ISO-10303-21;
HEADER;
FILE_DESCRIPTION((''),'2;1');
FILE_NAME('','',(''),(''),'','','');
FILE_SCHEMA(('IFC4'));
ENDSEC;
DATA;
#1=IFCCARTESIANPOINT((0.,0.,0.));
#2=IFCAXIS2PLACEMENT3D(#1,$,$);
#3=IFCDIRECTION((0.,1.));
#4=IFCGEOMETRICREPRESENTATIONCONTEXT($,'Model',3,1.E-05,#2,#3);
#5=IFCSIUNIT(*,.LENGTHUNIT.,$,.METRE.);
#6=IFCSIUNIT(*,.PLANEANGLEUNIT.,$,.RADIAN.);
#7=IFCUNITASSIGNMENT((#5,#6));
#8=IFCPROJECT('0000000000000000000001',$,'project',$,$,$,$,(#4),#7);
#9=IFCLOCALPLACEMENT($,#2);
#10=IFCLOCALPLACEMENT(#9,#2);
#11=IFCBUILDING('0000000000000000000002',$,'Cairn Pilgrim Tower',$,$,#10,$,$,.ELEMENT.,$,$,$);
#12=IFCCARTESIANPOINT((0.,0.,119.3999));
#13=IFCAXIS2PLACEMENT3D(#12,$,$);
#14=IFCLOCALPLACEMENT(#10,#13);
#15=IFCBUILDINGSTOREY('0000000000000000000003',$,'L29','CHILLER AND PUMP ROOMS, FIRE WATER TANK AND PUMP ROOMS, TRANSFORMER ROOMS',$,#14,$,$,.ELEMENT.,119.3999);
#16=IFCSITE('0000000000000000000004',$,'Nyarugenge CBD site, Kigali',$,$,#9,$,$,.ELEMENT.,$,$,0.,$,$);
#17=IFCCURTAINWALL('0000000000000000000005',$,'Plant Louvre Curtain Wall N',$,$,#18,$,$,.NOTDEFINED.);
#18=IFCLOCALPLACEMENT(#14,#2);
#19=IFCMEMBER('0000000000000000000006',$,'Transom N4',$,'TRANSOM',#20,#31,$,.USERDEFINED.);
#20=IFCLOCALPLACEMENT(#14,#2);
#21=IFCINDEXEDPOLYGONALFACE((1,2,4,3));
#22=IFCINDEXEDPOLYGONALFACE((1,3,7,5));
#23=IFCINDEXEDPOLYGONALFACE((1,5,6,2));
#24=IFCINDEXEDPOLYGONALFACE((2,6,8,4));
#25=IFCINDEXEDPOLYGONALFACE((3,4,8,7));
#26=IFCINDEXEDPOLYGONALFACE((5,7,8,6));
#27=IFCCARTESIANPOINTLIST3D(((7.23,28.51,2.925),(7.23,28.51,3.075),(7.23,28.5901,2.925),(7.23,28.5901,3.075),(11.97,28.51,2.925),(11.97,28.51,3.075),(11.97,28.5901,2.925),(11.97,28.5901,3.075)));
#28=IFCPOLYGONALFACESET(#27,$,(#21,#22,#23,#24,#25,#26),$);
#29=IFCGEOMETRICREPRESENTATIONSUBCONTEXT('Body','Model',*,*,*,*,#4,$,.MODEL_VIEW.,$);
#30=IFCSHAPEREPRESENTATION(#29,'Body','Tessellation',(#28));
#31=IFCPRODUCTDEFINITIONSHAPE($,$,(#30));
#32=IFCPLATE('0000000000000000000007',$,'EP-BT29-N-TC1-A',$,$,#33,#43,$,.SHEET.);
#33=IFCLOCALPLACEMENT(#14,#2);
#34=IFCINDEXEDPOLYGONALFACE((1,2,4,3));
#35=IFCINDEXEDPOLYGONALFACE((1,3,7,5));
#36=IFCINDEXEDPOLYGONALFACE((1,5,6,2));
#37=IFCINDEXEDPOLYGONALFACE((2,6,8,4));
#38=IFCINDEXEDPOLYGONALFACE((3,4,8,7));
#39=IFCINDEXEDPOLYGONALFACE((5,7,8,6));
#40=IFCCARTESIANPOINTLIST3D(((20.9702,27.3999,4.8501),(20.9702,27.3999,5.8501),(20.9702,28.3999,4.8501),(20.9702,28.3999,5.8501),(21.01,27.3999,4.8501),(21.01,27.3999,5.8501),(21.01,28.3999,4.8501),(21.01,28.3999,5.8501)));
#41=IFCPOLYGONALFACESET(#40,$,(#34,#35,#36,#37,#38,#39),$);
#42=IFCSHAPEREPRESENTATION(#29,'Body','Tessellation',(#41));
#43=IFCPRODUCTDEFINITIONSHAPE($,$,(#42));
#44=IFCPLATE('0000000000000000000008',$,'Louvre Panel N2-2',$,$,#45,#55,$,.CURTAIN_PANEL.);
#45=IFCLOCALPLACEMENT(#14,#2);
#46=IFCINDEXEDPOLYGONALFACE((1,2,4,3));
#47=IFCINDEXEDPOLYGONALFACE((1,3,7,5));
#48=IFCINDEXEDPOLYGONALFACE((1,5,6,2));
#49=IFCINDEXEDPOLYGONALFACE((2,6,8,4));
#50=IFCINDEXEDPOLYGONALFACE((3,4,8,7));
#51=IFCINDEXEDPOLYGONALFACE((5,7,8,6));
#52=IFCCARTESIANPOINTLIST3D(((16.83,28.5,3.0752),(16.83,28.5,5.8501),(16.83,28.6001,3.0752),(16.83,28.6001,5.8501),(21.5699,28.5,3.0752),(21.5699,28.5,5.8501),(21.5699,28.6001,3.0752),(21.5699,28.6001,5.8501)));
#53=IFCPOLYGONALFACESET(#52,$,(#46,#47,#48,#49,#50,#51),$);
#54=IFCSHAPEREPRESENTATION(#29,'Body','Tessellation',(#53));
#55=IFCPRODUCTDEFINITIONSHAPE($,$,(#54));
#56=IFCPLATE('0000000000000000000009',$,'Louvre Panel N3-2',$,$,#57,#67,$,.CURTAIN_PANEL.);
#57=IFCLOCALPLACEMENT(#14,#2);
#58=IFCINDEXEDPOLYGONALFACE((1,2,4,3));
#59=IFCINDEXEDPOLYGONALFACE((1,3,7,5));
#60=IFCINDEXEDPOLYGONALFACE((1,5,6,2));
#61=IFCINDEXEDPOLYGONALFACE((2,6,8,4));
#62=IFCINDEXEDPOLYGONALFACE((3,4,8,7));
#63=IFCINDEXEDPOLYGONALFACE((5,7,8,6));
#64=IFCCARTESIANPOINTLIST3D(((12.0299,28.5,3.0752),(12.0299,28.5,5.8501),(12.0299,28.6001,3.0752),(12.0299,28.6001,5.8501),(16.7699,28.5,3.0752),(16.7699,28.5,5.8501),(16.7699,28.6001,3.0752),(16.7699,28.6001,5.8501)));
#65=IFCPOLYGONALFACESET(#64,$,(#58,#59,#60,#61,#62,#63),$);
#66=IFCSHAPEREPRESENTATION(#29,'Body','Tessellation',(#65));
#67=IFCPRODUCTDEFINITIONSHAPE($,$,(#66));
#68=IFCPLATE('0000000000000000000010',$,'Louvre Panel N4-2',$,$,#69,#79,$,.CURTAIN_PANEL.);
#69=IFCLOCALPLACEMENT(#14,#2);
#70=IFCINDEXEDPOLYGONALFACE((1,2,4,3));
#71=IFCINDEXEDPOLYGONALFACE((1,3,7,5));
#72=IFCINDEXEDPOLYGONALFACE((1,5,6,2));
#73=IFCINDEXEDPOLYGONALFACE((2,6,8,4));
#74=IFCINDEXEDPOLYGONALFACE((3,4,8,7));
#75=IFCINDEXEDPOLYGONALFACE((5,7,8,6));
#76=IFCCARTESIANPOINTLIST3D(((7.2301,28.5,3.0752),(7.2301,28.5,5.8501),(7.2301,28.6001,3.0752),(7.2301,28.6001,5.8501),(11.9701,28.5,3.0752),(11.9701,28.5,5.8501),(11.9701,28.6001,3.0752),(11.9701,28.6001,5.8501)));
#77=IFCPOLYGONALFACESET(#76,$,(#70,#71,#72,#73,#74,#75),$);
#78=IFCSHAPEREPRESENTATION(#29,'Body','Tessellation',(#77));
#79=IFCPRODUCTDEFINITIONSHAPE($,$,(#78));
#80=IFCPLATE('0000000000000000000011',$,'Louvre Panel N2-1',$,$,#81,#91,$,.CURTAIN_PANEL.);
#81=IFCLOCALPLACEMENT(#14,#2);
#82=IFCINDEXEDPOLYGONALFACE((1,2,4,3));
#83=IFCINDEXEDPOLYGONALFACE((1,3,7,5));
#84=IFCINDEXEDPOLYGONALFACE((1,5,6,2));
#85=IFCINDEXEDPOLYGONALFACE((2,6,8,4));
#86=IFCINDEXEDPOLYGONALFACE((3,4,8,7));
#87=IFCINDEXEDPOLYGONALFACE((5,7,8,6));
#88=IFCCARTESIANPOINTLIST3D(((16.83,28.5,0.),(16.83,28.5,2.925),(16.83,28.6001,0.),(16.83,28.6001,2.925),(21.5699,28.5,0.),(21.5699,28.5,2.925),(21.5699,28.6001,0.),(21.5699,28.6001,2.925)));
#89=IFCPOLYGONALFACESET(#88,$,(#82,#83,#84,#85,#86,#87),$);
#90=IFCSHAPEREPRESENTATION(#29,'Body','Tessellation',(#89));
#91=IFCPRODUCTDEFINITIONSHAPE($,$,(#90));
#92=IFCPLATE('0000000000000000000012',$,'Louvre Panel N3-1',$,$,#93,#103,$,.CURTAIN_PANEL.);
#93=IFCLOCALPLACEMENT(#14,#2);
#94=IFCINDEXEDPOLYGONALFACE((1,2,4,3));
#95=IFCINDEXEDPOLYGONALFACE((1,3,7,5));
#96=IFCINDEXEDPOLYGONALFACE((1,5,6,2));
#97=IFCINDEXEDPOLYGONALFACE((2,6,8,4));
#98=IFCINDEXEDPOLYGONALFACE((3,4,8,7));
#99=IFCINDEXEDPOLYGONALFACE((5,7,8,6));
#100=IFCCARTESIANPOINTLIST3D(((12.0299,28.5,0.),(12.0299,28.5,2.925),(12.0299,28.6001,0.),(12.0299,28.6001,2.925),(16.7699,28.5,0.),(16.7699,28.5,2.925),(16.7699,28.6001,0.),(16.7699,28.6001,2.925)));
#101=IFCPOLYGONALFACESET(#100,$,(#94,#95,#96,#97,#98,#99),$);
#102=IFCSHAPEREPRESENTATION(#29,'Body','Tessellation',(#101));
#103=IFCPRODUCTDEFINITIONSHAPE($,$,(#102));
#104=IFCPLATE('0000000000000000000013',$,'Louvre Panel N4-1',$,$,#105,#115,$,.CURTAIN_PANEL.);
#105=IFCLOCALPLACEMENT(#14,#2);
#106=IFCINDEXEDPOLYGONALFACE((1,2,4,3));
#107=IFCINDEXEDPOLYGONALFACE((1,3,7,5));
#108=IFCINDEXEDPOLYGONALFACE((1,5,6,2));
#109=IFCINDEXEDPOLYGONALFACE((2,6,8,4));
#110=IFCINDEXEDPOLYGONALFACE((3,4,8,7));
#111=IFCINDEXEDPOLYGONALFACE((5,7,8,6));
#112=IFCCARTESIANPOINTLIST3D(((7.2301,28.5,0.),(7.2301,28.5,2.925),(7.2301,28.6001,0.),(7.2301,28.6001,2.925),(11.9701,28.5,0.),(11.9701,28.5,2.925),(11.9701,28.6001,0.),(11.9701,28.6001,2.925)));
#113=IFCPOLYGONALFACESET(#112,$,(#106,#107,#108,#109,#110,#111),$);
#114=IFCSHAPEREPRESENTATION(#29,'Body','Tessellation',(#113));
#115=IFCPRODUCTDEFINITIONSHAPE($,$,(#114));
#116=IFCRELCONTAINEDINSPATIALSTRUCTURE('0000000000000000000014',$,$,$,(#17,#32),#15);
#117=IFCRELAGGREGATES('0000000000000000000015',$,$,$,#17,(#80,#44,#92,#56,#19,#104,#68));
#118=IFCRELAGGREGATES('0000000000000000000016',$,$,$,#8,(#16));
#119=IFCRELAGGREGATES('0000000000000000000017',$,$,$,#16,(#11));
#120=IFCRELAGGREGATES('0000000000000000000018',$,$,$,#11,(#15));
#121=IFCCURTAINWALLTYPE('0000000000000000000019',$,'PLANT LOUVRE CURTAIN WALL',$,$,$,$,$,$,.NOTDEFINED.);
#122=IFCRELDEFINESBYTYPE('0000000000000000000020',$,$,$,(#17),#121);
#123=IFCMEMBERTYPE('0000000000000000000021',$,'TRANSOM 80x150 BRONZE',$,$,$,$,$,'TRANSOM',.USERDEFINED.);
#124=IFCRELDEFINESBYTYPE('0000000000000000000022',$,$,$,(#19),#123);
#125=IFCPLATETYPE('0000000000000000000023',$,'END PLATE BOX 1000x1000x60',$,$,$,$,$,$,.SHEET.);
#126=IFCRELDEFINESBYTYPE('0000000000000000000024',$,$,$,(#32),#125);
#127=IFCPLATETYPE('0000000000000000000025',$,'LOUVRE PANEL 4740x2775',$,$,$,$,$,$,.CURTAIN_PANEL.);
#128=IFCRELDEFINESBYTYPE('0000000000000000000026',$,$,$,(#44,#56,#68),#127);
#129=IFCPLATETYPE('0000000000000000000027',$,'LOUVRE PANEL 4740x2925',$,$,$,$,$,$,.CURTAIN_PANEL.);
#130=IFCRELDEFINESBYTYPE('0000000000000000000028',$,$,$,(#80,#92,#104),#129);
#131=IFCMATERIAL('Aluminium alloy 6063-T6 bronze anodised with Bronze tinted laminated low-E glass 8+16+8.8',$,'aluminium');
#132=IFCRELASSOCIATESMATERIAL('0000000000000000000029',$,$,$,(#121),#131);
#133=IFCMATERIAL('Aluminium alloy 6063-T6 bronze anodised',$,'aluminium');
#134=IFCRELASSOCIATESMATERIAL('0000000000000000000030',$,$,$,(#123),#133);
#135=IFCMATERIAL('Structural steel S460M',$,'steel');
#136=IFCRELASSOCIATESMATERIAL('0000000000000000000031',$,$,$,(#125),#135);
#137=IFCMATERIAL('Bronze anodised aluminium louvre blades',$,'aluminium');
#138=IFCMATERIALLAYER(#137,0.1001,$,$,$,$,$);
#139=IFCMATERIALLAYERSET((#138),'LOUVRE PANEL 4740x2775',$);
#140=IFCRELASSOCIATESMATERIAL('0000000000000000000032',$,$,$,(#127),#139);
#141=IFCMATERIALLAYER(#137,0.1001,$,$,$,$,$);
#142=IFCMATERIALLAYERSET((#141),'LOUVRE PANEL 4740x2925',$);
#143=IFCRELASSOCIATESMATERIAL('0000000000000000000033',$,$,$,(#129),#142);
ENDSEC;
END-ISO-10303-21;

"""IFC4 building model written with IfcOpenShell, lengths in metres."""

from ifc_helpers import new_model, si_unit, direction, frame, origin, origin_2d, place, context, subcontext, project, spatial, rectangle, extrude, material, layer, layer_set, material_profile, profile_set, type_object, element, aggregate, save


model = new_model("IFC4")

# Units and contexts
model_context = context("Model", 3, precision=1e-05, world=origin(), true_north=direction((0.0, 1.0)))
body_context = subcontext(model_context, "Body", "Model", "MODEL_VIEW")
ifc_project = project(units=[si_unit("LENGTHUNIT", "METRE"), si_unit("PLANEANGLEUNIT", "RADIAN")], contexts=[model_context])

# Site, building, storey
site_placement = place(None, origin())
site = spatial("IfcSite", under=ifc_project, at=site_placement, Name="Nyarugenge CBD site, Kigali", CompositionType="ELEMENT", RefElevation=0.0)
building_placement = place(site_placement, origin())
building = spatial("IfcBuilding", under=site, at=building_placement, Name="Cairn Pilgrim Tower", CompositionType="ELEMENT")
storey_placement = place(building_placement, frame((0.0, 0.0, 119.3999)))
storey = spatial("IfcBuildingStorey", under=building, at=storey_placement, Name="L29", Description="CHILLER AND PUMP ROOMS, FIRE WATER TANK AND PUMP ROOMS, TRANSFORMER ROOMS", CompositionType="ELEMENT", Elevation=119.3999)

# Shared definitions
ifc_material_1 = material(Name="Structural steel S460M", Category="steel")

# Curtain wall, member
ifc_material_2 = material(Name="Aluminium alloy 6063-T6 bronze anodised with Bronze tinted laminated low-E glass 8+16+8.8", Category="aluminium")
curtain_wall_type = type_object("IfcCurtainWallType", Name="PLANT LOUVRE CURTAIN WALL", PredefinedType="NOTDEFINED", material=ifc_material_2)
curtain_wall_placement = place(storey_placement, origin())
curtain_wall = element("IfcCurtainWall", 1, at=curtain_wall_placement, inside=storey, type_object=curtain_wall_type, Name="Plant Louvre Curtain Wall N", PredefinedType="NOTDEFINED")
ifc_material_3 = material(Name="Aluminium alloy 6063-T6 bronze anodised", Category="aluminium")
ifc_material_profile_1 = material_profile(ifc_material_3, rectangle(XDim=0.0801, YDim=0.1499, at=origin_2d()), Name="TRANSOM 80x150 BRONZE")
ifc_profile_set_1 = profile_set([ifc_material_profile_1], Name="Aluminium alloy 6063-T6 bronze anodised")
member_type_1 = type_object("IfcMemberType", Name="TRANSOM 80x150 BRONZE", ElementType="TRANSOM", PredefinedType="USERDEFINED", material=ifc_profile_set_1)
member_1_placement = place(storey_placement, frame((11.97, 28.55, 3.0), z_axis=(-1.0, 0.0, 0.0), x_axis=(0.0, -1.0, 0.0)))
member_1 = element("IfcMember", 2, at=member_1_placement, type_object=member_type_1, Name="Transom N4", ObjectType="TRANSOM", PredefinedType="USERDEFINED", context=body_context, shape_type="SweptSolid", body=[
    extrude(rectangle(XDim=0.0801, YDim=0.1499, at=origin_2d()), origin(), (0.0, 0.0, 1.0), 4.74),
])

# Plates
ifc_material_profile_2 = material_profile(ifc_material_1, rectangle(XDim=1.0, YDim=1.0, at=origin_2d()), Name="END PLATE BOX 1000x1000x60")
ifc_profile_set_2 = profile_set([ifc_material_profile_2], Name="Structural steel S460M")
plate_type_1 = type_object("IfcPlateType", Name="END PLATE BOX 1000x1000x60", PredefinedType="SHEET", material=ifc_profile_set_2)
plate_1_placement = place(storey_placement, frame((20.9702, 27.8999, 5.3501), z_axis=(1.0, 0.0, 0.0), x_axis=(0.0, 1.0, 0.0)))
element("IfcPlate", 3, at=plate_1_placement, inside=storey, type_object=plate_type_1, Name="EP-BT29-N-TC1-A", PredefinedType="SHEET", context=body_context, shape_type="SweptSolid", body=[
    extrude(rectangle(XDim=1.0, YDim=1.0, at=origin_2d()), origin(), (0.0, 0.0, 1.0), 0.0398),
])
ifc_material_4 = material(Name="Bronze anodised aluminium louvre blades", Category="aluminium")
ifc_layer_1 = layer(ifc_material_4, 0.1001)
ifc_layer_set_1 = layer_set([ifc_layer_1], Name="LOUVRE PANEL 4740x2775")
plate_type_2 = type_object("IfcPlateType", Name="LOUVRE PANEL 4740x2775", PredefinedType="CURTAIN_PANEL", material=ifc_layer_set_1)
plate_2_placement = place(storey_placement, frame((19.2, 28.55, 3.0752), z_axis=(0.0, 0.0, 1.0), x_axis=(-1.0, 0.0, 0.0)))
plate_2 = element("IfcPlate", 4, at=plate_2_placement, type_object=plate_type_2, Name="Louvre Panel N2-2", PredefinedType="CURTAIN_PANEL", context=body_context, shape_type="SweptSolid", body=[
    extrude(rectangle(XDim=4.74, YDim=0.1001, at=origin_2d()), origin(), (0.0, 0.0, 1.0), 2.7749),
])
plate_3_placement = place(storey_placement, frame((14.3999, 28.55, 3.0752), z_axis=(0.0, 0.0, 1.0), x_axis=(-1.0, 0.0, 0.0)))
plate_3 = element("IfcPlate", 5, at=plate_3_placement, type_object=plate_type_2, Name="Louvre Panel N3-2", PredefinedType="CURTAIN_PANEL", context=body_context, shape_type="SweptSolid", body=[
    extrude(rectangle(XDim=4.74, YDim=0.1001, at=origin_2d()), origin(), (0.0, 0.0, 1.0), 2.7749),
])
plate_4_placement = place(storey_placement, frame((9.6001, 28.55, 3.0752), z_axis=(0.0, 0.0, 1.0), x_axis=(-1.0, 0.0, 0.0)))
plate_4 = element("IfcPlate", 6, at=plate_4_placement, type_object=plate_type_2, Name="Louvre Panel N4-2", PredefinedType="CURTAIN_PANEL", context=body_context, shape_type="SweptSolid", body=[
    extrude(rectangle(XDim=4.74, YDim=0.1001, at=origin_2d()), origin(), (0.0, 0.0, 1.0), 2.7749),
])
ifc_layer_2 = layer(ifc_material_4, 0.1001)
ifc_layer_set_2 = layer_set([ifc_layer_2], Name="LOUVRE PANEL 4740x2925")
plate_type_3 = type_object("IfcPlateType", Name="LOUVRE PANEL 4740x2925", PredefinedType="CURTAIN_PANEL", material=ifc_layer_set_2)
plate_5_placement = place(storey_placement, frame((19.2, 28.55, 0.0), z_axis=(0.0, 0.0, 1.0), x_axis=(-1.0, 0.0, 0.0)))
plate_5 = element("IfcPlate", 7, at=plate_5_placement, type_object=plate_type_3, Name="Louvre Panel N2-1", PredefinedType="CURTAIN_PANEL", context=body_context, shape_type="SweptSolid", body=[
    extrude(rectangle(XDim=4.74, YDim=0.1001, at=origin_2d()), origin(), (0.0, 0.0, 1.0), 2.925),
])
plate_6_placement = place(storey_placement, frame((14.3999, 28.55, 0.0), z_axis=(0.0, 0.0, 1.0), x_axis=(-1.0, 0.0, 0.0)))
plate_6 = element("IfcPlate", 8, at=plate_6_placement, type_object=plate_type_3, Name="Louvre Panel N3-1", PredefinedType="CURTAIN_PANEL", context=body_context, shape_type="SweptSolid", body=[
    extrude(rectangle(XDim=4.74, YDim=0.1001, at=origin_2d()), origin(), (0.0, 0.0, 1.0), 2.925),
])
plate_7_placement = place(storey_placement, frame((9.6001, 28.55, 0.0), z_axis=(0.0, 0.0, 1.0), x_axis=(-1.0, 0.0, 0.0)))
plate_7 = element("IfcPlate", 9, at=plate_7_placement, type_object=plate_type_3, Name="Louvre Panel N4-1", PredefinedType="CURTAIN_PANEL", context=body_context, shape_type="SweptSolid", body=[
    extrude(rectangle(XDim=4.74, YDim=0.1001, at=origin_2d()), origin(), (0.0, 0.0, 1.0), 2.925),
])
aggregate(curtain_wall, [plate_5, plate_2, plate_6, plate_3, member_1, plate_7, plate_4])

save(model, "model.ifc")
